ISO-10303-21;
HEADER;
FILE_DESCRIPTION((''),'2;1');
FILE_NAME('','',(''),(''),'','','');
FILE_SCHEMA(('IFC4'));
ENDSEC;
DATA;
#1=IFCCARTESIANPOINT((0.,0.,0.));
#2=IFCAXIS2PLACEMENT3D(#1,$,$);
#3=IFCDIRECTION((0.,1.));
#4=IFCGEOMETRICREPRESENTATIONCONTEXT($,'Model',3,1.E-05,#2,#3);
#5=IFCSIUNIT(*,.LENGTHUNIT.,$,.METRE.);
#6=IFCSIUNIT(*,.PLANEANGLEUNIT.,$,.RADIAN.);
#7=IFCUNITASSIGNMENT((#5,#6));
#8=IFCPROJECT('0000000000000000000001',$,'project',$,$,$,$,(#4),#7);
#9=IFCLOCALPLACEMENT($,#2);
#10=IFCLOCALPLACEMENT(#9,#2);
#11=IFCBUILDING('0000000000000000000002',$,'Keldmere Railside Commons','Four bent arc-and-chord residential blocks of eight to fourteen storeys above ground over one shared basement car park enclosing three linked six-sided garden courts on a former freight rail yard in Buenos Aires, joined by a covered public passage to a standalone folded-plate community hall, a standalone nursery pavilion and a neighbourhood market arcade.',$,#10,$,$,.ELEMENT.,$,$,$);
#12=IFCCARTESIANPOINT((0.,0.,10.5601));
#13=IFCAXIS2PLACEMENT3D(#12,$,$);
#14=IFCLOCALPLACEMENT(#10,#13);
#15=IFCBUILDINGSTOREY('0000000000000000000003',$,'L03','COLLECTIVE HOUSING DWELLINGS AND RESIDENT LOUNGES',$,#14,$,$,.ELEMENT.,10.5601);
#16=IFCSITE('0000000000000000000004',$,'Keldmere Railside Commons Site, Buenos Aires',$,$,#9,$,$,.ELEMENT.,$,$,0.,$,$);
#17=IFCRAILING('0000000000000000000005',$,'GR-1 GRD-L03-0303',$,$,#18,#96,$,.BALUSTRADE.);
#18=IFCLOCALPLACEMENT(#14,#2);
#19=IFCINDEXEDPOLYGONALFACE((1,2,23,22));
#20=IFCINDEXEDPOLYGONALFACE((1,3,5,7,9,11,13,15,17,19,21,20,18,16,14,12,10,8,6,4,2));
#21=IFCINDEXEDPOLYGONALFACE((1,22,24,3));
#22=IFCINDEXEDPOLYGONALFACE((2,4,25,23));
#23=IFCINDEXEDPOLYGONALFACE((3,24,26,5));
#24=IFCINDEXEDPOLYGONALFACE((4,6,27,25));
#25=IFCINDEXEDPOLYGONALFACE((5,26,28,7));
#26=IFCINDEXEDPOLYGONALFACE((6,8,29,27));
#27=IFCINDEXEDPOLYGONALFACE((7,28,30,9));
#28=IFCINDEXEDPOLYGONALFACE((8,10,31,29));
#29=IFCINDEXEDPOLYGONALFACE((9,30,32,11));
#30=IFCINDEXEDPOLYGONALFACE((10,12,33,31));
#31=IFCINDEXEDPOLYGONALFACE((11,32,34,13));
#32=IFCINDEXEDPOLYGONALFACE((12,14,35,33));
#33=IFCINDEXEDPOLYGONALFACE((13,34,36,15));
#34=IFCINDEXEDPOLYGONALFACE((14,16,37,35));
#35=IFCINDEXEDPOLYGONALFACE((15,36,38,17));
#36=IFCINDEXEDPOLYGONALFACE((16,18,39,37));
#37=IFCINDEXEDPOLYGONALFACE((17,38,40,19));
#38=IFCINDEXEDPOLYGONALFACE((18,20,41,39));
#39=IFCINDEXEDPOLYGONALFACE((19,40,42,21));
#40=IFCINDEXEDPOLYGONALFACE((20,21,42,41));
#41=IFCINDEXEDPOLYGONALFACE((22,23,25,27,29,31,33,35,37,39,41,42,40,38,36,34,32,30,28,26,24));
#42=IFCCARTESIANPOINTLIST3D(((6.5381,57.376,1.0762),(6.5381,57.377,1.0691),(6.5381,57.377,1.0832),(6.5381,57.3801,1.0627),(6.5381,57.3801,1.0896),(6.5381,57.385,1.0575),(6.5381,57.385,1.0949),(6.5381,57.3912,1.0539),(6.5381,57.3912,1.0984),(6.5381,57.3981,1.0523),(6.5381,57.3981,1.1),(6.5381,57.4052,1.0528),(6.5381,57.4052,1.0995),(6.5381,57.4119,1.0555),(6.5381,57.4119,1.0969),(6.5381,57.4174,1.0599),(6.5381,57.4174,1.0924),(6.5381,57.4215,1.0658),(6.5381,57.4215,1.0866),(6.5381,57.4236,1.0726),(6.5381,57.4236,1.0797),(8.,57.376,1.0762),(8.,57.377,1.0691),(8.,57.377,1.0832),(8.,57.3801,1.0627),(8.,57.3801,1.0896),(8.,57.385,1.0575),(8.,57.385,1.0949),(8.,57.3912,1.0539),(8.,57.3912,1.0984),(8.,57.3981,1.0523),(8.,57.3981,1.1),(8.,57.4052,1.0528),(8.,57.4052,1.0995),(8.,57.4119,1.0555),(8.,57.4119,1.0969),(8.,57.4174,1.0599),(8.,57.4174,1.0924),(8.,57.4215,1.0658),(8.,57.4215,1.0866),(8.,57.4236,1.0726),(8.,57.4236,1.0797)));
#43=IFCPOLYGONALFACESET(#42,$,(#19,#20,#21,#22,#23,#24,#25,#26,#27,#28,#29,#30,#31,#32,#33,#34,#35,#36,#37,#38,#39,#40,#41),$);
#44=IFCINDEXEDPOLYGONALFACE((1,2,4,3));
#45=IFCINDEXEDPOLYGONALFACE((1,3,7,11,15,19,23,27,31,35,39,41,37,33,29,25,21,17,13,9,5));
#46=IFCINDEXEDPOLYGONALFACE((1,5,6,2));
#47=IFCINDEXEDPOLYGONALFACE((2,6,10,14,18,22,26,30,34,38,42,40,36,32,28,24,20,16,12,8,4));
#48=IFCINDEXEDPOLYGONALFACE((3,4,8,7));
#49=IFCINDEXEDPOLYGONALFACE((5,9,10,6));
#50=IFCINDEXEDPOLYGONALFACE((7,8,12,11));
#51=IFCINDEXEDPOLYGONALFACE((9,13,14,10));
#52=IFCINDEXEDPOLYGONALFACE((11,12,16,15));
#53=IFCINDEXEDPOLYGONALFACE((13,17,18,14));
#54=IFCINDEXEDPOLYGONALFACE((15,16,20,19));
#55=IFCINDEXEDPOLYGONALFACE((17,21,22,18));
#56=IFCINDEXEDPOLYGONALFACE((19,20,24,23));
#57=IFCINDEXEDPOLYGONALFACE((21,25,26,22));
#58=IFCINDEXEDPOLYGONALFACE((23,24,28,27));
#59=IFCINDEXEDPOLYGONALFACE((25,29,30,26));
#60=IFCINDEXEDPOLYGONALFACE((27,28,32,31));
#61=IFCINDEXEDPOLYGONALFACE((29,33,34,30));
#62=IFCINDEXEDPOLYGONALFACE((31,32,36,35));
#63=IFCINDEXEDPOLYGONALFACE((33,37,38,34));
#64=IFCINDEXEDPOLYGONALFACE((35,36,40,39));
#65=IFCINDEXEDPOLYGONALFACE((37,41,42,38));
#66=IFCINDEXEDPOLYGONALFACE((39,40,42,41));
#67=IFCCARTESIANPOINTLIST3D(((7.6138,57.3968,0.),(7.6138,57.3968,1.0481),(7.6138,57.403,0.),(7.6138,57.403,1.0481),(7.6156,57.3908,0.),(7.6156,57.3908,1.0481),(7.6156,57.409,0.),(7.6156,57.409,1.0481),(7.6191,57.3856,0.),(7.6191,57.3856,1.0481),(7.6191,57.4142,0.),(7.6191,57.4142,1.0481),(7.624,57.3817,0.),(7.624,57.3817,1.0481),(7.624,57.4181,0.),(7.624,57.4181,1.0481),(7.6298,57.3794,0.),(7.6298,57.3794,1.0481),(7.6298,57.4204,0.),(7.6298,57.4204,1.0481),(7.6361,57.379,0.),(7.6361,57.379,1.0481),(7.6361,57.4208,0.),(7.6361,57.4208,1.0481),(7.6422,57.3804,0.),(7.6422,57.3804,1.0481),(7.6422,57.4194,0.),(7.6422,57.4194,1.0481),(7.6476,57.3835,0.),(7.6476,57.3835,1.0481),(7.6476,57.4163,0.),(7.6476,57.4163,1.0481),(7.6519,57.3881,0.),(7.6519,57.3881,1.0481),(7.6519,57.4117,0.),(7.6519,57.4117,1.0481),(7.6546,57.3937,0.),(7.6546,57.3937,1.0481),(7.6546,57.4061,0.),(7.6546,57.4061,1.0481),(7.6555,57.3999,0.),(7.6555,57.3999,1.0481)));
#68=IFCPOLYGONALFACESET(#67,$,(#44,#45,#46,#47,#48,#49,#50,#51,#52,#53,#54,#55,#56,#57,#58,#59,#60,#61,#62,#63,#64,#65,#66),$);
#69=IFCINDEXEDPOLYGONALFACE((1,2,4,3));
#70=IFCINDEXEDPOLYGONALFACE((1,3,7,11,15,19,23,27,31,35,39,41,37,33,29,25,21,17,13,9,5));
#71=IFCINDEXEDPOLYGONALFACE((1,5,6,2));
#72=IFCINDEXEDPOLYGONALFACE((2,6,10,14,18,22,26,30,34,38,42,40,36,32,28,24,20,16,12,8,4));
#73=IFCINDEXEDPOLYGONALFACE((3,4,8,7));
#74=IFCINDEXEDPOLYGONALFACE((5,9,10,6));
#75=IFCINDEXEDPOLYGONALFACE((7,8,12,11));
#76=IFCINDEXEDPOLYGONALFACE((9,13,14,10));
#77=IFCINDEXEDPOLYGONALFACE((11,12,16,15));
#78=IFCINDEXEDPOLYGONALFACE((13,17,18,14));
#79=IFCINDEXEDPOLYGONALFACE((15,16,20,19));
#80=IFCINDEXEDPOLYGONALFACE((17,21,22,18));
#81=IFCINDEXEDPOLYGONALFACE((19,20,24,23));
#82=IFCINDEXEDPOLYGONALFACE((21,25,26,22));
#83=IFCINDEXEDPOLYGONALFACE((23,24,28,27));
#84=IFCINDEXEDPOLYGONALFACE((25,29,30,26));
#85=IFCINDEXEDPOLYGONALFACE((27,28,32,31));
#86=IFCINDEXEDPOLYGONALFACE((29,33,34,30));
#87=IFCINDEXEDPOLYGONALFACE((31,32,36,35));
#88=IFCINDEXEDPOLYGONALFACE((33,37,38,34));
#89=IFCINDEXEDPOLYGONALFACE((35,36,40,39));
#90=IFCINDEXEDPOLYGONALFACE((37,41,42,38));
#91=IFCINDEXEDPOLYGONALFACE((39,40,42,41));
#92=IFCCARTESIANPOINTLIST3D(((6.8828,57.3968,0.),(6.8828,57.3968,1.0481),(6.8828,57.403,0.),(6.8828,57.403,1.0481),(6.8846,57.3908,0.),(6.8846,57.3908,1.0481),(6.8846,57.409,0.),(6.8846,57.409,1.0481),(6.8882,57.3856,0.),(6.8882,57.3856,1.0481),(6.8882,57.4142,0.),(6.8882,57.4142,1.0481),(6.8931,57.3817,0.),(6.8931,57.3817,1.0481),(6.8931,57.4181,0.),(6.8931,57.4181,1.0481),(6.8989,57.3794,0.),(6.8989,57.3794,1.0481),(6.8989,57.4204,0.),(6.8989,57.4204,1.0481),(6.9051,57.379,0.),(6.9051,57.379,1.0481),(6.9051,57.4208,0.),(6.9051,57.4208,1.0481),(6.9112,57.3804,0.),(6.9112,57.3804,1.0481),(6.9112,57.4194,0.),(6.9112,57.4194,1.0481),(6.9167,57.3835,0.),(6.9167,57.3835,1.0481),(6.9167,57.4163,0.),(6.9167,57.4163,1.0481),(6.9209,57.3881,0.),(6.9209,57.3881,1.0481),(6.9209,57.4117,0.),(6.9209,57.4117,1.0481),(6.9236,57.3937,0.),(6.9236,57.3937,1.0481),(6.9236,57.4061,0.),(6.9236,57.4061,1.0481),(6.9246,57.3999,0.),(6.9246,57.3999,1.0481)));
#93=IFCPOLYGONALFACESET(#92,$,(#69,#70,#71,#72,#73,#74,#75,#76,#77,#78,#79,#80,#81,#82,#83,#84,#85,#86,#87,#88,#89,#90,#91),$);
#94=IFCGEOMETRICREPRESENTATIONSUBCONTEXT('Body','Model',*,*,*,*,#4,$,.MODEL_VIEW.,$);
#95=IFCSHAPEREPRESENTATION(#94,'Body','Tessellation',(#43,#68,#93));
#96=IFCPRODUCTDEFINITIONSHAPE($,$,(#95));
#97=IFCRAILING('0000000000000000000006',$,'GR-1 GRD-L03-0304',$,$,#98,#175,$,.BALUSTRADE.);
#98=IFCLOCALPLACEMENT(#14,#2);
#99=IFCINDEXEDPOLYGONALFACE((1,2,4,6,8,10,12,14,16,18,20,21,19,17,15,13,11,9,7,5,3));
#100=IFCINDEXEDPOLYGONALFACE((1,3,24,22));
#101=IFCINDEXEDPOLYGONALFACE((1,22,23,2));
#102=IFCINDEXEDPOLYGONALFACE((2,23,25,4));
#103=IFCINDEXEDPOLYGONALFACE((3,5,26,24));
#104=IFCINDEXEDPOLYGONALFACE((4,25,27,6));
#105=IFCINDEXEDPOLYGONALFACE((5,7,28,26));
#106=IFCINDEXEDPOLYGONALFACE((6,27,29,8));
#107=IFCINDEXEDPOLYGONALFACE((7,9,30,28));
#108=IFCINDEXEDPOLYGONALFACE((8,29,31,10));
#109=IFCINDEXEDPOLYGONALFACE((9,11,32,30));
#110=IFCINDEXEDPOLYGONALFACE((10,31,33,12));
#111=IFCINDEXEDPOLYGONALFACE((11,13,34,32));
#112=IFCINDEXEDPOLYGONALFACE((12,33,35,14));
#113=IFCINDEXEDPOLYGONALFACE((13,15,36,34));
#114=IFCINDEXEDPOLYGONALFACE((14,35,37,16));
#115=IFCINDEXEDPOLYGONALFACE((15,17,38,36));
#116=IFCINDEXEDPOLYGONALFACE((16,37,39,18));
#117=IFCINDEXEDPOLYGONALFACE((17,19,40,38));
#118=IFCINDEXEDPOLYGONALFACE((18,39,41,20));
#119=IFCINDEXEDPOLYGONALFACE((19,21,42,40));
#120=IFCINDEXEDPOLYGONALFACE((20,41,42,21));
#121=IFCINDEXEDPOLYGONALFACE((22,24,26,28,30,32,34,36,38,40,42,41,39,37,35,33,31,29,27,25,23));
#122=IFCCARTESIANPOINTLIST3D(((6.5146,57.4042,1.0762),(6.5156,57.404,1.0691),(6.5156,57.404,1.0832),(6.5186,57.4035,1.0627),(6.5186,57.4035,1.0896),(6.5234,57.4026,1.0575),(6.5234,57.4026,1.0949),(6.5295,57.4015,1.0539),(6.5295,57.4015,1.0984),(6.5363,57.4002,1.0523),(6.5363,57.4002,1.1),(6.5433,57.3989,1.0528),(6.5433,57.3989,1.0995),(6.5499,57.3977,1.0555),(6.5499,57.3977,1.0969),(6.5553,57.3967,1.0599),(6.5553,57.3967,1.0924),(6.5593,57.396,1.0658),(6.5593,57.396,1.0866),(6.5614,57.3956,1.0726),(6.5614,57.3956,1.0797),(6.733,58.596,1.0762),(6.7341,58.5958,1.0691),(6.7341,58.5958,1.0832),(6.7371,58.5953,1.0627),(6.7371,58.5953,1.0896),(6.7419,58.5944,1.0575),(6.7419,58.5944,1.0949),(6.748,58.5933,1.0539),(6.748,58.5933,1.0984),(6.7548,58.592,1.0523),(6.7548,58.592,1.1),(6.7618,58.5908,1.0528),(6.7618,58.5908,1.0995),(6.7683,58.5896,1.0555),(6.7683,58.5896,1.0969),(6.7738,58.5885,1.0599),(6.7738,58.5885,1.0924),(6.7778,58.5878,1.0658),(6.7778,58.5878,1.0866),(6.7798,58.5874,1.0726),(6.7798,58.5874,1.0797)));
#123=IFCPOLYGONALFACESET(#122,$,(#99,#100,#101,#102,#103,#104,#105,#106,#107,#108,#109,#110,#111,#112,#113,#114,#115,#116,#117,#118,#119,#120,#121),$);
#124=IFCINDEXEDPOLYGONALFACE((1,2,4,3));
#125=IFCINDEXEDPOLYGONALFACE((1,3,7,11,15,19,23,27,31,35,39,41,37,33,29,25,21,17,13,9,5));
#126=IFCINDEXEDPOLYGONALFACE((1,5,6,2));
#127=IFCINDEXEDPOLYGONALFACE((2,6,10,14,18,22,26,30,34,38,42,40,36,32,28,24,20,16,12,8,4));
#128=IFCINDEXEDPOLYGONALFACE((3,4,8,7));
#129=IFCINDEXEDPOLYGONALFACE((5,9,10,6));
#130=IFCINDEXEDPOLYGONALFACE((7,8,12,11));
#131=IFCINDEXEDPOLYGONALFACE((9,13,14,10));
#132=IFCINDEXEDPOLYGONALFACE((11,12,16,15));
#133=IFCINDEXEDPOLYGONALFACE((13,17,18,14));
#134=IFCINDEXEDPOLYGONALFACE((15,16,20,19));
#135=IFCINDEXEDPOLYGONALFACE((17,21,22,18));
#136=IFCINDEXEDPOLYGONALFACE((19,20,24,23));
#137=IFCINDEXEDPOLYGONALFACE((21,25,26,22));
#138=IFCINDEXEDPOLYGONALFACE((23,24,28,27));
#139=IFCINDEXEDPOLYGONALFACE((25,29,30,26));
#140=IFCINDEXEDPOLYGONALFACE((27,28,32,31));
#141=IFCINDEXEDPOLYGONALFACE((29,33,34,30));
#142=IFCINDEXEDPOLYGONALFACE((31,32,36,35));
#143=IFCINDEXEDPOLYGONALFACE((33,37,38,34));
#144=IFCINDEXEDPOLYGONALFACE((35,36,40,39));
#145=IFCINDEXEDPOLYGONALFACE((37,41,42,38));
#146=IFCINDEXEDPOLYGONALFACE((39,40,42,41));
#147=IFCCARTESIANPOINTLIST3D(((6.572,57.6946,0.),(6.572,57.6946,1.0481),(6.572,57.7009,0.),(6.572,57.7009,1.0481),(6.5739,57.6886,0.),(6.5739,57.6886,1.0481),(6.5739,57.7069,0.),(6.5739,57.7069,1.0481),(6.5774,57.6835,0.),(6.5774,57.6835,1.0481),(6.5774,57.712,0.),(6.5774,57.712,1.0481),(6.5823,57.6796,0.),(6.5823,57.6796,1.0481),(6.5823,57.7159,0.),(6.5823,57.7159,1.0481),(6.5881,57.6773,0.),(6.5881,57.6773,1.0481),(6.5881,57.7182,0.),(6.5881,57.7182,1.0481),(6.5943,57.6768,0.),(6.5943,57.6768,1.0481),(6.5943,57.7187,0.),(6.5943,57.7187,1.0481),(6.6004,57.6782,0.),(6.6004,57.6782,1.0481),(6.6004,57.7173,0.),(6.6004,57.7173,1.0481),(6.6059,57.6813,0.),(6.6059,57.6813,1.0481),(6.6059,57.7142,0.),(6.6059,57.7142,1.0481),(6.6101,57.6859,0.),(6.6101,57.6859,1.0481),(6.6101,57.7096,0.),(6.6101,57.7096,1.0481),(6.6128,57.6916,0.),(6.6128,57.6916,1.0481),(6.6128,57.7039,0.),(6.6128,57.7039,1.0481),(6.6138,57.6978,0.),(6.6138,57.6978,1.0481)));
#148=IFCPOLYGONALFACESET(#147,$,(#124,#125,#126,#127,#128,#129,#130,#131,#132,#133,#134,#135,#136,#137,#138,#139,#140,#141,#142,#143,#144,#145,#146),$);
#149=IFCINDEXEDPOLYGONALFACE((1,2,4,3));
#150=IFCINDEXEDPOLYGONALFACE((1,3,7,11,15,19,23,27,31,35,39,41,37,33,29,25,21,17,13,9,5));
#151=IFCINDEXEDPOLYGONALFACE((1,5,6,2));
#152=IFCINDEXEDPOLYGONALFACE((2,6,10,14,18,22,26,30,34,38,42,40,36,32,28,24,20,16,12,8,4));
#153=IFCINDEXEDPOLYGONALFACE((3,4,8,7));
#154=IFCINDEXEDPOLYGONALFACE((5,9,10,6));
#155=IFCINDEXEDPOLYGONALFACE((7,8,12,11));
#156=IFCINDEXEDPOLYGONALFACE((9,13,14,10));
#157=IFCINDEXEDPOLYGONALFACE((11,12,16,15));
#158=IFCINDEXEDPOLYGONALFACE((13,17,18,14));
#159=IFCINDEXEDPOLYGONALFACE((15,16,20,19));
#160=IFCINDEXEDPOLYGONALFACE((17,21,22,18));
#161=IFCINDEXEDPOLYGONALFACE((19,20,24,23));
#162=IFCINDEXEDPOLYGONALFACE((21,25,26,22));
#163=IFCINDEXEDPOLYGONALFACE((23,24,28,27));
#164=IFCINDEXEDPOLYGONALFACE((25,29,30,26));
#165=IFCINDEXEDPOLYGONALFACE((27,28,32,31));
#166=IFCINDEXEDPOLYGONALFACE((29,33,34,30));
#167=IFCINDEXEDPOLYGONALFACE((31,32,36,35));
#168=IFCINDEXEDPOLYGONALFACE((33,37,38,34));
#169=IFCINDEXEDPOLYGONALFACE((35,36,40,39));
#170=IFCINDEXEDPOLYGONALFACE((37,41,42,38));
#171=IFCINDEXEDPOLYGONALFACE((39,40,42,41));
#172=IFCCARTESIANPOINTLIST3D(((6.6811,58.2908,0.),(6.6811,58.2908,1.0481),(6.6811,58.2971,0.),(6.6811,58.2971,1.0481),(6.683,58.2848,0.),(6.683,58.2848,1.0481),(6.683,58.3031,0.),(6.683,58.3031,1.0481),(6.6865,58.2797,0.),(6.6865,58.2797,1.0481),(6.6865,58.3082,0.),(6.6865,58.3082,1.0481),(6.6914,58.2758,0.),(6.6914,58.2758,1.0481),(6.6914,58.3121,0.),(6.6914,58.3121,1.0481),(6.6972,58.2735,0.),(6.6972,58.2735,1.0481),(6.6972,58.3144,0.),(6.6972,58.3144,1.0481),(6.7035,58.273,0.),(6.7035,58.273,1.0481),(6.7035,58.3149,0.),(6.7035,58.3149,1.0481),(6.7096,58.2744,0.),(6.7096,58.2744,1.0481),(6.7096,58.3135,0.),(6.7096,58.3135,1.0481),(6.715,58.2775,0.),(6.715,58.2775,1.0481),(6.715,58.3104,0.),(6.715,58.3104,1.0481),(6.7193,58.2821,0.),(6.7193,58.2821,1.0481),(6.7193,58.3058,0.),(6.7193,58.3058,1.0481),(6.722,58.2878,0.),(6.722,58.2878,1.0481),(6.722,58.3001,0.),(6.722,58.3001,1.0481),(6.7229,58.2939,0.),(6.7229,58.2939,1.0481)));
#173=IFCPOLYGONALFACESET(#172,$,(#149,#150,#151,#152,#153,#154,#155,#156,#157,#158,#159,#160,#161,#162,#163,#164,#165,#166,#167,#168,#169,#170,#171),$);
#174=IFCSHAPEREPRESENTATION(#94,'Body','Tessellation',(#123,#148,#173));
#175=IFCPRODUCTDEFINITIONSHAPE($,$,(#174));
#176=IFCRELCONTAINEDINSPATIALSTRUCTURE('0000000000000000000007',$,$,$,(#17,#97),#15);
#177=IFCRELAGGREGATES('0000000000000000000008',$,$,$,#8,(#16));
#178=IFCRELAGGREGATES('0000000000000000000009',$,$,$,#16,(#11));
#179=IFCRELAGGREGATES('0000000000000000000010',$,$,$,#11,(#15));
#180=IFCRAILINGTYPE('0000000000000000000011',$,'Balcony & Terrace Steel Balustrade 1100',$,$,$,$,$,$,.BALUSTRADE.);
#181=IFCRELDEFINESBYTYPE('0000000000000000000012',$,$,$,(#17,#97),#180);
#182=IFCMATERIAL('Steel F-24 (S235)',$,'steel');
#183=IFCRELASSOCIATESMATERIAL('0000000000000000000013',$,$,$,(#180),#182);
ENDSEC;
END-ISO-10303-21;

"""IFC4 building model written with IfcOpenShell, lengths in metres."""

from ifc_helpers import new_model, si_unit, direction, frame, origin, origin_2d, place, context, subcontext, project, spatial, circle, extrude, material, type_object, element, save


model = new_model("IFC4")

# Units and contexts
model_context = context("Model", 3, precision=1e-05, world=origin(), true_north=direction((0.0, 1.0)))
body_context = subcontext(model_context, "Body", "Model", "MODEL_VIEW")
ifc_project = project(units=[si_unit("LENGTHUNIT", "METRE"), si_unit("PLANEANGLEUNIT", "RADIAN")], contexts=[model_context])

# Site, building, storey
site_placement = place(None, origin())
site = spatial("IfcSite", under=ifc_project, at=site_placement, Name="Keldmere Railside Commons Site, Buenos Aires", CompositionType="ELEMENT", RefElevation=0.0)
building_placement = place(site_placement, origin())
building = spatial("IfcBuilding", under=site, at=building_placement, Name="Keldmere Railside Commons", Description="Four bent arc-and-chord residential blocks of eight to fourteen storeys above ground over one shared basement car park enclosing three linked six-sided garden courts on a former freight rail yard in Buenos Aires, joined by a covered public passage to a standalone folded-plate community hall, a standalone nursery pavilion and a neighbourhood market arcade.", CompositionType="ELEMENT")
storey_placement = place(building_placement, frame((0.0, 0.0, 10.5601)))
storey = spatial("IfcBuildingStorey", under=building, at=storey_placement, Name="L03", Description="COLLECTIVE HOUSING DWELLINGS AND RESIDENT LOUNGES", CompositionType="ELEMENT", Elevation=10.5601)

# Railings
ifc_material_1 = material(Name="Steel F-24 (S235)", Category="steel")
railing_type_1 = type_object("IfcRailingType", Name="Balcony & Terrace Steel Balustrade 1100", PredefinedType="BALUSTRADE", material=ifc_material_1)
railing_1_placement = place(storey_placement, frame((8.0, 57.3999, 0.0)))
element("IfcRailing", 1, at=railing_1_placement, inside=storey, type_object=railing_type_1, Name="GR-1 GRD-L03-0303", PredefinedType="BALUSTRADE", context=body_context, shape_type="SweptSolid", body=[
    extrude(circle(Radius=0.0239, at=origin_2d()), frame((0.0, 0.0, 1.0762), z_axis=(-1.0, 0.0, 0.0), x_axis=(0.0, -1.0, 0.0)), (0.0, 0.0, 1.0), 1.4619),
    extrude(circle(Radius=0.021, at=origin_2d()), frame((-0.3655, 0.0, 0.0)), (0.0, 0.0, 1.0), 1.0481),
    extrude(circle(Radius=0.021, at=origin_2d()), frame((-1.0964, 0.0, 0.0)), (0.0, 0.0, 1.0), 1.0481),
])
railing_2_placement = place(storey_placement, frame((6.5381, 57.3999, 0.0)))
element("IfcRailing", 2, at=railing_2_placement, inside=storey, type_object=railing_type_1, Name="GR-1 GRD-L03-0304", PredefinedType="BALUSTRADE", context=body_context, shape_type="SweptSolid", body=[
    extrude(circle(Radius=0.0239, at=origin_2d()), frame((0.0, 0.0, 1.0762), z_axis=(0.180321, 0.983608, 0.0), x_axis=(-0.983608, 0.180321, 0.0)), (0.0, 0.0, 1.0), 1.2117),
    extrude(circle(Radius=0.021, at=origin_2d()), frame((0.0547, 0.2979, 0.0)), (0.0, 0.0, 1.0), 1.0481),
    extrude(circle(Radius=0.021, at=origin_2d()), frame((0.1638, 0.894, 0.0)), (0.0, 0.0, 1.0), 1.0481),
])

save(model, "model.ifc")
